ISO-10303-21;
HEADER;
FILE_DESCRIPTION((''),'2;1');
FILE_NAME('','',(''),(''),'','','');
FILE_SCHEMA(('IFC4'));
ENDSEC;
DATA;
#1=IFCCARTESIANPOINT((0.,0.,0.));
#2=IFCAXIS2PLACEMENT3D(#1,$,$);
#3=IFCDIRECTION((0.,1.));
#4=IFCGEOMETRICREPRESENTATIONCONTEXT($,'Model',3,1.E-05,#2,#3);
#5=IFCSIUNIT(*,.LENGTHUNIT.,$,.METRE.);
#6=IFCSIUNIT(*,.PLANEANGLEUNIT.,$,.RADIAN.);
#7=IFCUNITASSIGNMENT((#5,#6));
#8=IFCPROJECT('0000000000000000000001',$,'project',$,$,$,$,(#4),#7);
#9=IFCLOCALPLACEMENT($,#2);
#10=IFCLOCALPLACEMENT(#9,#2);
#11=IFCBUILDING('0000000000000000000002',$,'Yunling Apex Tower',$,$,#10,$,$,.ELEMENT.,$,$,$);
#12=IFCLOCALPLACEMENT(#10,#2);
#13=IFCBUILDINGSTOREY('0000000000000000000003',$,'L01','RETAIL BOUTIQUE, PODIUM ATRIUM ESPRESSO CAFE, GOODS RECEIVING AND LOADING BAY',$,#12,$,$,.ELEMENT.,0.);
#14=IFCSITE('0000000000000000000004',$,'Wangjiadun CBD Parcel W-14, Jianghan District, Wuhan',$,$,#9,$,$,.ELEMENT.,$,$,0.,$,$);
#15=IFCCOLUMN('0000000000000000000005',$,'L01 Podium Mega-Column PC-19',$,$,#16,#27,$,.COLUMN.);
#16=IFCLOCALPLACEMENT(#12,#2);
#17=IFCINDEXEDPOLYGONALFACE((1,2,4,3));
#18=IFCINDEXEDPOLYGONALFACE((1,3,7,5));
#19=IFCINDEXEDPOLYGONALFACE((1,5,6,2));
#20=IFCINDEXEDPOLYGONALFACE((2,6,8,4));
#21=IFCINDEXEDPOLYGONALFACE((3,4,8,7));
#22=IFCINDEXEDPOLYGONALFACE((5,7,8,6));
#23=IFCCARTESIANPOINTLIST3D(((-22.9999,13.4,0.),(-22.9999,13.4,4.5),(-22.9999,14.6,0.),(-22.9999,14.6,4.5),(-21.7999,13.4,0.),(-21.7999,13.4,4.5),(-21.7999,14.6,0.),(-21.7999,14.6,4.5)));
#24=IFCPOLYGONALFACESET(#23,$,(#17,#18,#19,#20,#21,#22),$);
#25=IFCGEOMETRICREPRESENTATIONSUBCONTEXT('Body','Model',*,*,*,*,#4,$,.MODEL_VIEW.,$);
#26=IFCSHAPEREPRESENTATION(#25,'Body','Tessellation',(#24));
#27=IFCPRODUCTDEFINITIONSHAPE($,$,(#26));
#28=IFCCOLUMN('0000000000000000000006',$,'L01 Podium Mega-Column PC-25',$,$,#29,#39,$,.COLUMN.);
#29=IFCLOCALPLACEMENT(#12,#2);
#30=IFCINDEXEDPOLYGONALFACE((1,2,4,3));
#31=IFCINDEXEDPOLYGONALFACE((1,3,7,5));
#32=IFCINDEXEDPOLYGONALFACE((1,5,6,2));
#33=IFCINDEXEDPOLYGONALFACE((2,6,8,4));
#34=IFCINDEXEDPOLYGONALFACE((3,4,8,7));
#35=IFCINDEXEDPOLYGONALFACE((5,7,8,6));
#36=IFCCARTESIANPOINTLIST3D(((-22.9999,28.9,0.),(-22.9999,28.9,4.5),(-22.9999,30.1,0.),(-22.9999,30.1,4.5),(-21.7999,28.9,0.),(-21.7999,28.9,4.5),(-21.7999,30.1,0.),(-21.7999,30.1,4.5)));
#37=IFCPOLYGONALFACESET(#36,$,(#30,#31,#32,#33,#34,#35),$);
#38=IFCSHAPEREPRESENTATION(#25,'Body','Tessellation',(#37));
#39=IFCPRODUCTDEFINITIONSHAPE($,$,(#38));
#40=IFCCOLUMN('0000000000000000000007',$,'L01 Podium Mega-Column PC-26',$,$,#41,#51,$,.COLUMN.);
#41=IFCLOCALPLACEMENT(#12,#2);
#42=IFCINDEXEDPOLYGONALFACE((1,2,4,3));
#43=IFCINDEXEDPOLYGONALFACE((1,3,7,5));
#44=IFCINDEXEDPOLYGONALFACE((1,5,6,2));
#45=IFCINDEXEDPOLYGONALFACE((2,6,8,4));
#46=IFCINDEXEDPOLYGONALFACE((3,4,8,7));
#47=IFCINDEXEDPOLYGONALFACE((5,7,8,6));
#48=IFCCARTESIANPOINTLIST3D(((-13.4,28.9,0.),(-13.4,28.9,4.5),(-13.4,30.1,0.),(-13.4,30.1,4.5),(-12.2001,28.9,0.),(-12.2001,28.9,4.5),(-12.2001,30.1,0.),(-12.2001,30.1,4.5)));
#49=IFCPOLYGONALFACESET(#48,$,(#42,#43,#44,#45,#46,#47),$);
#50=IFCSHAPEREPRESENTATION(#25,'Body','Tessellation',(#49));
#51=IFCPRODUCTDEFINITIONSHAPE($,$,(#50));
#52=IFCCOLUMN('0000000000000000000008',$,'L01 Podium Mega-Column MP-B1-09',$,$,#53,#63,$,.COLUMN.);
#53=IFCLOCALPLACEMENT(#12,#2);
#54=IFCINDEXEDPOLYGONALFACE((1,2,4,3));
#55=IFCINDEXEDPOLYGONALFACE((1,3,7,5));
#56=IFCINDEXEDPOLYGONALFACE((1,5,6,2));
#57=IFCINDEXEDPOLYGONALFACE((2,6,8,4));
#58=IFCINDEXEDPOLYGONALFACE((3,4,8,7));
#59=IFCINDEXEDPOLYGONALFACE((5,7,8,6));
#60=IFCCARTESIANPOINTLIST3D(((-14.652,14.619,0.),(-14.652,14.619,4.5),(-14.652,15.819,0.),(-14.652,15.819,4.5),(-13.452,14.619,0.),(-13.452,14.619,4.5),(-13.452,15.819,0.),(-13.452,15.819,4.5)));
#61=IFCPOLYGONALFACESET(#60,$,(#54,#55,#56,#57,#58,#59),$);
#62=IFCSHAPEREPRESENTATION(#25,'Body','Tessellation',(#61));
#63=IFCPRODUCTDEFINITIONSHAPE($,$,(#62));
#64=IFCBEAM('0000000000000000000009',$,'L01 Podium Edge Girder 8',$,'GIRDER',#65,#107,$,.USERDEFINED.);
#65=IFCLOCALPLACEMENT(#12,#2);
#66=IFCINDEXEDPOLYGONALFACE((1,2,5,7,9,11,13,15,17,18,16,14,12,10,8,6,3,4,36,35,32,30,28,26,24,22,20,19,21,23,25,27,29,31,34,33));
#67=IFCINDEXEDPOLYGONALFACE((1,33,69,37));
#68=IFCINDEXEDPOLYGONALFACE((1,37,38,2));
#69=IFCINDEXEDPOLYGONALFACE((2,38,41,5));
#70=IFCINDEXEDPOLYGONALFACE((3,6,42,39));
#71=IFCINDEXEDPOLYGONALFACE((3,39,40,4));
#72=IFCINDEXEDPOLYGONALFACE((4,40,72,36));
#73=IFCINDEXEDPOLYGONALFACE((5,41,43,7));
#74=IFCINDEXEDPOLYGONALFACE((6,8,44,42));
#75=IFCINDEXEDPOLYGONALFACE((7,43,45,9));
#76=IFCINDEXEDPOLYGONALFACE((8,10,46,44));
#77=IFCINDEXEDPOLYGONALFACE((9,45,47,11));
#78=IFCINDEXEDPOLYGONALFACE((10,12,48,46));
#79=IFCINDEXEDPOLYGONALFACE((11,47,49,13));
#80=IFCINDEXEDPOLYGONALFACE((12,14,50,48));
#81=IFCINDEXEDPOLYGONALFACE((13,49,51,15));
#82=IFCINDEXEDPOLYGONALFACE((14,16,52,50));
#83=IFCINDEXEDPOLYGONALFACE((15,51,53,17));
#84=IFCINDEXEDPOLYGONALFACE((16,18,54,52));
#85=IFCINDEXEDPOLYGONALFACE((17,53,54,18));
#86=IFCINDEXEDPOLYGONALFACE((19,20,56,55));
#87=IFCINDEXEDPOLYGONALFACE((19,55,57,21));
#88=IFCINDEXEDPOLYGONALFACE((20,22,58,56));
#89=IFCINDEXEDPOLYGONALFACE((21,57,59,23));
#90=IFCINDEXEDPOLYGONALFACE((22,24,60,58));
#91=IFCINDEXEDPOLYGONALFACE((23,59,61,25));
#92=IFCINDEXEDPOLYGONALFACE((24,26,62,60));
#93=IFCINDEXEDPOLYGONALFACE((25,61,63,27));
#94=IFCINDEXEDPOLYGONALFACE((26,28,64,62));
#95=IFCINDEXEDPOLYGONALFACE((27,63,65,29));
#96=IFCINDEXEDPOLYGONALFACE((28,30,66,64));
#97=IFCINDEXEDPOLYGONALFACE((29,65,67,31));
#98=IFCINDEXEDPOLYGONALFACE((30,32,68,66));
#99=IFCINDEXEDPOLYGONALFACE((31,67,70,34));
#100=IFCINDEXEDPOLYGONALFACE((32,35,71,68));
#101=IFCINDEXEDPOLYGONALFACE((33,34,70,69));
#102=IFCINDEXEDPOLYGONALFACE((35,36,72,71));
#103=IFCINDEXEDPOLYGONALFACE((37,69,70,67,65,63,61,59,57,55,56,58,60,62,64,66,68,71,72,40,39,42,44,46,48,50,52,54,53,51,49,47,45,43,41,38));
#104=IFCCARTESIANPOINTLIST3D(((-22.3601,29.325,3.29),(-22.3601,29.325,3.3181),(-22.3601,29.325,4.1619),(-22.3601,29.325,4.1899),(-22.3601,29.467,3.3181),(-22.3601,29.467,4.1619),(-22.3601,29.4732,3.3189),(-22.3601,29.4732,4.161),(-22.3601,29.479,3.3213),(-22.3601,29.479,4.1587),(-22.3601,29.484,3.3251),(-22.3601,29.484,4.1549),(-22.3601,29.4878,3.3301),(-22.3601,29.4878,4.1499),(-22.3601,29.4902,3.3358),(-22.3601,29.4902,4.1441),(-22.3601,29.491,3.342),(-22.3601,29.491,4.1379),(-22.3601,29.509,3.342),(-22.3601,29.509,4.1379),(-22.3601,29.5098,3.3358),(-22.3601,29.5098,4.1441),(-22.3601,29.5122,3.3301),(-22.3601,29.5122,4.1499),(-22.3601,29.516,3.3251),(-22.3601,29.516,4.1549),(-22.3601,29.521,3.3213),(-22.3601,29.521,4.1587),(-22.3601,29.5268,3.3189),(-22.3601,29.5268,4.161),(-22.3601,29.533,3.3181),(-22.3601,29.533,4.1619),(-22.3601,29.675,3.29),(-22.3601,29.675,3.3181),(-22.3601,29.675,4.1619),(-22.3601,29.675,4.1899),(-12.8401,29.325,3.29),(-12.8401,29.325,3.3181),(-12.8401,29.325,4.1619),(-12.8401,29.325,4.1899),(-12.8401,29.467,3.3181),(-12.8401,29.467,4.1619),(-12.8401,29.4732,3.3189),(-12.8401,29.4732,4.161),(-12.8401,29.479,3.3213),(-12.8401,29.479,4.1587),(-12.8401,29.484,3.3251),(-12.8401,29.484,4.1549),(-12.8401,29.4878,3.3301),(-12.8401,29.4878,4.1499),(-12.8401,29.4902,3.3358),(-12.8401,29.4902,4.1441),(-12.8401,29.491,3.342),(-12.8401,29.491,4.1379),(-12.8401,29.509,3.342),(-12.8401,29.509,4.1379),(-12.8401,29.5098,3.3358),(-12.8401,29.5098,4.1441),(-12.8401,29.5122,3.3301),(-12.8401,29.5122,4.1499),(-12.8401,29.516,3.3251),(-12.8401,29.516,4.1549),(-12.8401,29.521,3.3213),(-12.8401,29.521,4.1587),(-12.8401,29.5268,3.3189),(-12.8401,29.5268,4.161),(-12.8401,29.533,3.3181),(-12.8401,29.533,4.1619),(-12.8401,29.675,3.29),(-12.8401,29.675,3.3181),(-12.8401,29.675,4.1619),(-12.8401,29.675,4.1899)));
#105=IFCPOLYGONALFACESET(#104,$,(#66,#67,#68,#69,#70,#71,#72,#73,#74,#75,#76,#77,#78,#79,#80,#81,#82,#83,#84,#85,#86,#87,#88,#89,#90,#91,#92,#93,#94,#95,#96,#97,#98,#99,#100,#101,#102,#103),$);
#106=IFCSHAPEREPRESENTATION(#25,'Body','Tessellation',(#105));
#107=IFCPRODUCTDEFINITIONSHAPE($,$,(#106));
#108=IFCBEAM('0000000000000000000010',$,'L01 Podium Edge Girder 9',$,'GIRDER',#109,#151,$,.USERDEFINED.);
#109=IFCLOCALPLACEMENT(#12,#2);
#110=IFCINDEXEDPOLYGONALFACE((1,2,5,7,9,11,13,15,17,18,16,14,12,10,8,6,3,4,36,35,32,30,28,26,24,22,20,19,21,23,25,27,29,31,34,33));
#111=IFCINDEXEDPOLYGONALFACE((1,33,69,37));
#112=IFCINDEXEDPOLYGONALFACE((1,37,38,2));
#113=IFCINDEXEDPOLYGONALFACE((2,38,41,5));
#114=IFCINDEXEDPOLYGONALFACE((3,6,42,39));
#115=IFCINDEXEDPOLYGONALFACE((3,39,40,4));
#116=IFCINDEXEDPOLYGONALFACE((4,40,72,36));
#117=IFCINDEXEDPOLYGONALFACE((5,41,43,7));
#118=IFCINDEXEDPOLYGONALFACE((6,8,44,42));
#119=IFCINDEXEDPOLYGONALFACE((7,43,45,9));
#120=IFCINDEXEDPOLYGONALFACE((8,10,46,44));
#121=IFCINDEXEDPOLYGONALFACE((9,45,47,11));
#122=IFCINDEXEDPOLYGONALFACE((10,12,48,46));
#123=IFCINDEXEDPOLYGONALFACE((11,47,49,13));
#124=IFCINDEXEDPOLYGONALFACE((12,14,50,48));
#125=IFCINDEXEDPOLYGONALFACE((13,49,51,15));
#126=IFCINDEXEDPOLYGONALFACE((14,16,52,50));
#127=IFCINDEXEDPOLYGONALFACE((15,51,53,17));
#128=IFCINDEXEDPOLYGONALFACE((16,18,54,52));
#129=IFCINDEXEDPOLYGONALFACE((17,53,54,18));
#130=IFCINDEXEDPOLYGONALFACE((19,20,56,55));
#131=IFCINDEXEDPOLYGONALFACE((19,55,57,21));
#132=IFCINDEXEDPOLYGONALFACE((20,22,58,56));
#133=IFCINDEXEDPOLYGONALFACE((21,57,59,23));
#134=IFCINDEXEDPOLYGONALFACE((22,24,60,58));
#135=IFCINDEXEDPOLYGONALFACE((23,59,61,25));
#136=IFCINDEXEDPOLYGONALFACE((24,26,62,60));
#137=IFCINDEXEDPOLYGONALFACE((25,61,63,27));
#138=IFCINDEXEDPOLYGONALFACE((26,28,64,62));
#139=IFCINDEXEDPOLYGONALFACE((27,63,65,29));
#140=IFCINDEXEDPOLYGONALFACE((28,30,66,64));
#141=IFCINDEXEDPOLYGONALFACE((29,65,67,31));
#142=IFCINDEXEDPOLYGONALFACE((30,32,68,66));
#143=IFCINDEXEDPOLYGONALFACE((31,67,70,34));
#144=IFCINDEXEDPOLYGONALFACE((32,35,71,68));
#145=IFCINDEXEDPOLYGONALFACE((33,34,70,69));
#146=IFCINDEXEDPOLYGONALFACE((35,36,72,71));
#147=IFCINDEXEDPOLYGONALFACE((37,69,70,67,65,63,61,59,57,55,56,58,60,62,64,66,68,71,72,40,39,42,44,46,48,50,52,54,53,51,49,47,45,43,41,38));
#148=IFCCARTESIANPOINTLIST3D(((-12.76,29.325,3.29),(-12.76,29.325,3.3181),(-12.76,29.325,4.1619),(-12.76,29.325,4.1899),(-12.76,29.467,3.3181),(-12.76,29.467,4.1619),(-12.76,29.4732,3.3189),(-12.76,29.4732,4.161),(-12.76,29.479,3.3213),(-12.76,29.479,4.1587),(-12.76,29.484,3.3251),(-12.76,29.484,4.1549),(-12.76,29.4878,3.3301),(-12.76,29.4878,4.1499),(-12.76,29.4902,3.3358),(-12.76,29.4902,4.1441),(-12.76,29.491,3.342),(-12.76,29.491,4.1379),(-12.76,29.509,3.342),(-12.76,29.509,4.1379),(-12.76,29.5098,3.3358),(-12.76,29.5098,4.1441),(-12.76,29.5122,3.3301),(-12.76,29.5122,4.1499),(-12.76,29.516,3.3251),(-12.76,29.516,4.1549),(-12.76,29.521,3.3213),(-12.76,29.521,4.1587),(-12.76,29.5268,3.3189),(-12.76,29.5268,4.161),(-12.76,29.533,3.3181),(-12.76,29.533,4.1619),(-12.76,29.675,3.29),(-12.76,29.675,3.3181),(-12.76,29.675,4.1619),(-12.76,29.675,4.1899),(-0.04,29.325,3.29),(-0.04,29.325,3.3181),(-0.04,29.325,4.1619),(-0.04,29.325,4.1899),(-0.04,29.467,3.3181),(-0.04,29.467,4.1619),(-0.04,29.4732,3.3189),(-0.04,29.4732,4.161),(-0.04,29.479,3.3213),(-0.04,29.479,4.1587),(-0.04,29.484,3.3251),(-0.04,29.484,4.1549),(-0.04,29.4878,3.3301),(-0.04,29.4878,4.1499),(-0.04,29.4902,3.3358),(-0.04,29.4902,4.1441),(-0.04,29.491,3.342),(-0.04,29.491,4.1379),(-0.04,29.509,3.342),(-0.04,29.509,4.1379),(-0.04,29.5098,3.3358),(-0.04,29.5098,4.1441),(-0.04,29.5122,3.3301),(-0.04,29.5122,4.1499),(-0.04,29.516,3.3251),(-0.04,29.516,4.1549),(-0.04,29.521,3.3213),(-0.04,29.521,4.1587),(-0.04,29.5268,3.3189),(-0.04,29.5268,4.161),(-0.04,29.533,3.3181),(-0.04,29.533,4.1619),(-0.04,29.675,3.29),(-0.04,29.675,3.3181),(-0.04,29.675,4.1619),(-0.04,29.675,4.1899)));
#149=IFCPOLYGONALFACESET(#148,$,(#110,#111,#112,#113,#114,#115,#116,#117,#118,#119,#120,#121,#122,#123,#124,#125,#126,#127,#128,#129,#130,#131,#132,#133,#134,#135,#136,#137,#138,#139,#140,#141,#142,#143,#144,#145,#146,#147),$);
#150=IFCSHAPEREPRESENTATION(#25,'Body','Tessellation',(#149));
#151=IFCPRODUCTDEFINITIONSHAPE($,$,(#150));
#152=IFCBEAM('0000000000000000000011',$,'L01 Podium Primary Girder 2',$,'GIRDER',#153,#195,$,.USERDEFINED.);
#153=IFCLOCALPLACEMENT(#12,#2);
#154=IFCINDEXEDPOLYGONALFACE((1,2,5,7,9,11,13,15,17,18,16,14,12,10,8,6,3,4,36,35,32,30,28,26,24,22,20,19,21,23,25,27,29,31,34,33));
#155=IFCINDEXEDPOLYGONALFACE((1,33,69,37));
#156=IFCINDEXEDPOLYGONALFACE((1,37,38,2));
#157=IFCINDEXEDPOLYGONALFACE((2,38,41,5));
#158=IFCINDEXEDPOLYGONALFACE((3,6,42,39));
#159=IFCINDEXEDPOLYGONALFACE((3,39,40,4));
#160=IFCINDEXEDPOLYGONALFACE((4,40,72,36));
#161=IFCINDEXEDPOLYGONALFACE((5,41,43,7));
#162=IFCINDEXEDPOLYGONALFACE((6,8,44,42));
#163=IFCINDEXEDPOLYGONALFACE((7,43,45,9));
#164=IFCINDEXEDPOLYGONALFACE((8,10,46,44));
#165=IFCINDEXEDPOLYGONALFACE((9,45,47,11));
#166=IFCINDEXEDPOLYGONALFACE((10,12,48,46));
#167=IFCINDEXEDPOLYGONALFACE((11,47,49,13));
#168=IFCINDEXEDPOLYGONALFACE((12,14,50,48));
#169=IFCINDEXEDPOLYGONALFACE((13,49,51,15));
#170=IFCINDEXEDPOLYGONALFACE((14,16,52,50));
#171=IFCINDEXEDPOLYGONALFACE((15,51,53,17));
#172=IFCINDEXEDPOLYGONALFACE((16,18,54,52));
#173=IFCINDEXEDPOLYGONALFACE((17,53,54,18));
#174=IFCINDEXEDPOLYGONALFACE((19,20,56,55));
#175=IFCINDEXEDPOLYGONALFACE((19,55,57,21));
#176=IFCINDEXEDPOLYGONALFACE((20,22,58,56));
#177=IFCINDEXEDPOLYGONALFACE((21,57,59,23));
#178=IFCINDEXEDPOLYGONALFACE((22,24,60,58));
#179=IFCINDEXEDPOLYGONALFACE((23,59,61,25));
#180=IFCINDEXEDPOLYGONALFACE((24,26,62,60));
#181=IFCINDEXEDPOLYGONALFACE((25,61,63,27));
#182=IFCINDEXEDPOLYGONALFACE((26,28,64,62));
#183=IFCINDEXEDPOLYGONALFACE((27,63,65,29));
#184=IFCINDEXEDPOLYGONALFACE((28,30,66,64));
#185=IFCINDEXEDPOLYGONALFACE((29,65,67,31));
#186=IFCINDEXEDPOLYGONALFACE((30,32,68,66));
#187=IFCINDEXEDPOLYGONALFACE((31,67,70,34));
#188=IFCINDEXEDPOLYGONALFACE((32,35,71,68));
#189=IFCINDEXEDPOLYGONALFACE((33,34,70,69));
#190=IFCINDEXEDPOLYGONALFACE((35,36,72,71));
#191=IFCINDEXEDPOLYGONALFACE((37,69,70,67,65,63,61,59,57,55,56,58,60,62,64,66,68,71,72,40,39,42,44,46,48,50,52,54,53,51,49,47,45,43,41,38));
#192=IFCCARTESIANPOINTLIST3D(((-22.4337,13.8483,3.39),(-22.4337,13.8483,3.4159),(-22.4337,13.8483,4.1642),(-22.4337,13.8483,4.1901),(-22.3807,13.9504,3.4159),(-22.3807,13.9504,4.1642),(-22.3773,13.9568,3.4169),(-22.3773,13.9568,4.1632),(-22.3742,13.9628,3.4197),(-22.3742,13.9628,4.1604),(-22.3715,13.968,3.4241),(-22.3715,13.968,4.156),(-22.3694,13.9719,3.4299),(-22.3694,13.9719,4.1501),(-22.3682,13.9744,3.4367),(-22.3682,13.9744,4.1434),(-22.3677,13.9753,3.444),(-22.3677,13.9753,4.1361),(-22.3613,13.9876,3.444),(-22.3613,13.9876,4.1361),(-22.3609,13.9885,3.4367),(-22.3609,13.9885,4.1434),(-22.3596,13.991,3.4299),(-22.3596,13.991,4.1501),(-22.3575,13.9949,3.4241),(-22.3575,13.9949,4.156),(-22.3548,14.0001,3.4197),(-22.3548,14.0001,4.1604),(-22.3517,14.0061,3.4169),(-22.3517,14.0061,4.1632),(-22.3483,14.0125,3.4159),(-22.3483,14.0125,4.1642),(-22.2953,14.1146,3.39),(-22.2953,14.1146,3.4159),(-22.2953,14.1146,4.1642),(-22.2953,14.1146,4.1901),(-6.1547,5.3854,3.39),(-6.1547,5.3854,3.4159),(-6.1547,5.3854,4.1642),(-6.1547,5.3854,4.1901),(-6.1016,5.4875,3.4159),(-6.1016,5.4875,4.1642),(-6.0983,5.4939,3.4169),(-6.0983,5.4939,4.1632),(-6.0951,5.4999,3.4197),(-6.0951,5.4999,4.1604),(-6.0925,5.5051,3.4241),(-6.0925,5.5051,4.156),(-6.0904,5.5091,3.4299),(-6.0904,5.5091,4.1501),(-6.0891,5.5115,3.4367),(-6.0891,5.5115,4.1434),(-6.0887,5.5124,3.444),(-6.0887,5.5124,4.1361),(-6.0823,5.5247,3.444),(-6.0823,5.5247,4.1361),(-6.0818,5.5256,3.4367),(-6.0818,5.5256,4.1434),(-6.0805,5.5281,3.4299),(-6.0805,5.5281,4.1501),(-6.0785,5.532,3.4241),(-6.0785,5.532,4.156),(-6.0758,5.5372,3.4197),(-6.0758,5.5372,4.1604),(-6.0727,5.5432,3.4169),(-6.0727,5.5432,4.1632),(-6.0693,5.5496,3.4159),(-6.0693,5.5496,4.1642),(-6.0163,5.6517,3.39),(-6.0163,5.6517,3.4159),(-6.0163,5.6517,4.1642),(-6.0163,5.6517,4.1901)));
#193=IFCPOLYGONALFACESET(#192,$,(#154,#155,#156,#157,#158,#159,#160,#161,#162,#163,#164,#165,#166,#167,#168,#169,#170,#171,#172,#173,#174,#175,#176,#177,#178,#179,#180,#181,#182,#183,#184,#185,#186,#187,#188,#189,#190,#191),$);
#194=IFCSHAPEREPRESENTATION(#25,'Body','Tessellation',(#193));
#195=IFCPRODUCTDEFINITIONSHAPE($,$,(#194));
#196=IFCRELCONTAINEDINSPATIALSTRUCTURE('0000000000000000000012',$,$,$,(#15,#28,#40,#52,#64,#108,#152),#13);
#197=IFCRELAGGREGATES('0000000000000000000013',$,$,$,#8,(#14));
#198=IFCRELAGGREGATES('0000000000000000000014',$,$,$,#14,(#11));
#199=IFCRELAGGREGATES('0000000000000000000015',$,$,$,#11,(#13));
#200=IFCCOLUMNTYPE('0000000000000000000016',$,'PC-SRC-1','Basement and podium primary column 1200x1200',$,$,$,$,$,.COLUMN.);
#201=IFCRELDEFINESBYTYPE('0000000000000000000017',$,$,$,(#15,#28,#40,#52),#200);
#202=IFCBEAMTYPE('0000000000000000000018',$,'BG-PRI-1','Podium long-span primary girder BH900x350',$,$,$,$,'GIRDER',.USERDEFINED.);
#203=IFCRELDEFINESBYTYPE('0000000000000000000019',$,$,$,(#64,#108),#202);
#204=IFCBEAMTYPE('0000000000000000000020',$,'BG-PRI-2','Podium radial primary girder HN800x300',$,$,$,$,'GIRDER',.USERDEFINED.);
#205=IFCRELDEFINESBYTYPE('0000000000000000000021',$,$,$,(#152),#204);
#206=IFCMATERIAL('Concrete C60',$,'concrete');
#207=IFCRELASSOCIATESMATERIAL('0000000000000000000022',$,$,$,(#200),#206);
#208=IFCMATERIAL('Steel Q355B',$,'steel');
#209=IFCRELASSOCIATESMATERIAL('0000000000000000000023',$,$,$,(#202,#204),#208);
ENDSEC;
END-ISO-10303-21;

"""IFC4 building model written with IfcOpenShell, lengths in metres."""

from ifc_helpers import new_model, si_unit, direction, frame, origin, origin_2d, place, context, subcontext, project, spatial, rectangle, i_section, extrude, source, transform, mapped, material, material_profile, profile_set, type_object, element, save


model = new_model("IFC4")

# Units and contexts
model_context = context("Model", 3, precision=1e-05, world=origin(), true_north=direction((0.0, 1.0)))
body_context = subcontext(model_context, "Body", "Model", "MODEL_VIEW")
ifc_project = project(units=[si_unit("LENGTHUNIT", "METRE"), si_unit("PLANEANGLEUNIT", "RADIAN")], contexts=[model_context])

# Site, building, storey
site_placement = place(None, origin())
site = spatial("IfcSite", under=ifc_project, at=site_placement, Name="Wangjiadun CBD Parcel W-14, Jianghan District, Wuhan", CompositionType="ELEMENT", RefElevation=0.0)
building_placement = place(site_placement, origin())
building = spatial("IfcBuilding", under=site, at=building_placement, Name="Yunling Apex Tower", CompositionType="ELEMENT")
storey_placement = place(building_placement, origin())
storey = spatial("IfcBuildingStorey", under=building, at=storey_placement, Name="L01", Description="RETAIL BOUTIQUE, PODIUM ATRIUM ESPRESSO CAFE, GOODS RECEIVING AND LOADING BAY", CompositionType="ELEMENT", Elevation=0.0)

# Columns
ifc_material_1 = material(Name="Concrete C60", Category="concrete")
ifc_material_profile_1 = material_profile(ifc_material_1, rectangle(XDim=1.2, YDim=1.2, at=origin_2d()))
ifc_profile_set_1 = profile_set([ifc_material_profile_1], Name="Concrete C60")
column_type = type_object("IfcColumnType", Name="PC-SRC-1", Description="Basement and podium primary column 1200x1200", PredefinedType="COLUMN", material=ifc_profile_set_1)
shared_shape_1 = source(origin(), body_context, "Body", "SweptSolid", [
    extrude(rectangle(XDim=1.2, YDim=1.2, at=origin_2d()), origin(), (0.0, 0.0, 1.0), 4.5),
])
for number, where, z_axis, x_axis, name in (
    (1, (-22.3999, 14.0, 0.0), (0.0, 0.0, 1.0), (1.0, 0.0, 0.0), "L01 Podium Mega-Column PC-19"),
    (2, (-22.3999, 29.5, 0.0), (0.0, 0.0, 1.0), (1.0, 0.0, 0.0), "L01 Podium Mega-Column PC-25"),
    (3, (-12.8, 29.5, 0.0), (0.0, 0.0, 1.0), (1.0, 0.0, 0.0), "L01 Podium Mega-Column PC-26"),
    (4, (-14.052, 15.219, 0.0), (0.0, 0.0, 1.0), (1.0, 0.0, 0.0), "L01 Podium Mega-Column MP-B1-09"),
):
    element("IfcColumn", number, at=place(storey_placement, frame(where, z_axis=z_axis, x_axis=x_axis)), inside=storey, type_object=column_type, Name=name, PredefinedType="COLUMN", context=body_context, shape_type="MappedRepresentation", body=[
        mapped(shared_shape_1, transform((0.0, 0.0, 0.0), scale=1.0)),
    ])

# Beams
ifc_material_2 = material(Name="Steel Q355B", Category="steel")
ifc_material_profile_2 = material_profile(ifc_material_2, i_section(OverallWidth=0.3501, OverallDepth=0.8999, WebThickness=0.0181, FlangeThickness=0.0281, FilletRadius=0.0239, at=origin_2d()))
ifc_profile_set_2 = profile_set([ifc_material_profile_2], Name="Steel Q355B")
beam_type_1 = type_object("IfcBeamType", Name="BG-PRI-1", Description="Podium long-span primary girder BH900x350", ElementType="GIRDER", PredefinedType="USERDEFINED", material=ifc_profile_set_2)
shared_shape_2 = source(origin(), body_context, "Body", "SweptSolid", [
    extrude(i_section(OverallWidth=0.3501, OverallDepth=0.8999, WebThickness=0.0181, FlangeThickness=0.0281, FilletRadius=0.0239, at=origin_2d()), origin(), (0.0, 0.0, 1.0), 9.52),
])
beam_1_placement = place(storey_placement, frame((-22.3601, 29.5, 3.74), z_axis=(1.0, 0.0, 0.0), x_axis=(0.0, 1.0, 0.0)))
element("IfcBeam", 5, at=beam_1_placement, inside=storey, type_object=beam_type_1, Name="L01 Podium Edge Girder 8", ObjectType="GIRDER", PredefinedType="USERDEFINED", context=body_context, shape_type="MappedRepresentation", body=[
    mapped(shared_shape_2, transform((0.0, 0.0, 0.0), scale=1.0)),
])
shared_shape_3 = source(origin(), body_context, "Body", "SweptSolid", [
    extrude(i_section(OverallWidth=0.3501, OverallDepth=0.8999, WebThickness=0.0181, FlangeThickness=0.0281, FilletRadius=0.0239, at=origin_2d()), origin(), (0.0, 0.0, 1.0), 12.72),
])
beam_2_placement = place(storey_placement, frame((-12.76, 29.5, 3.74), z_axis=(1.0, 0.0, 0.0), x_axis=(0.0, 1.0, 0.0)))
element("IfcBeam", 6, at=beam_2_placement, inside=storey, type_object=beam_type_1, Name="L01 Podium Edge Girder 9", ObjectType="GIRDER", PredefinedType="USERDEFINED", context=body_context, shape_type="MappedRepresentation", body=[
    mapped(shared_shape_3, transform((0.0, 0.0, 0.0), scale=1.0)),
])
ifc_material_profile_3 = material_profile(ifc_material_2, i_section(OverallWidth=0.3, OverallDepth=0.8, WebThickness=0.0139, FlangeThickness=0.0259, FilletRadius=0.0281, at=origin_2d()))
ifc_profile_set_3 = profile_set([ifc_material_profile_3], Name="Steel Q355B")
beam_type_2 = type_object("IfcBeamType", Name="BG-PRI-2", Description="Podium radial primary girder HN800x300", ElementType="GIRDER", PredefinedType="USERDEFINED", material=ifc_profile_set_3)
shared_shape_4 = source(origin(), body_context, "Body", "SweptSolid", [
    extrude(i_section(OverallWidth=0.3, OverallDepth=0.8, WebThickness=0.0139, FlangeThickness=0.0259, FilletRadius=0.0281, at=origin_2d()), origin(), (0.0, 0.0, 1.0), 18.3474),
])
beam_3_placement = place(storey_placement, frame((-22.3645, 13.9814, 3.79), z_axis=(0.887266, -0.461258, 0.0), x_axis=(0.461258, 0.887266, 0.0)))
element("IfcBeam", 7, at=beam_3_placement, inside=storey, type_object=beam_type_2, Name="L01 Podium Primary Girder 2", ObjectType="GIRDER", PredefinedType="USERDEFINED", context=body_context, shape_type="MappedRepresentation", body=[
    mapped(shared_shape_4, transform((0.0, 0.0, 0.0), scale=1.0)),
])

save(model, "model.ifc")
